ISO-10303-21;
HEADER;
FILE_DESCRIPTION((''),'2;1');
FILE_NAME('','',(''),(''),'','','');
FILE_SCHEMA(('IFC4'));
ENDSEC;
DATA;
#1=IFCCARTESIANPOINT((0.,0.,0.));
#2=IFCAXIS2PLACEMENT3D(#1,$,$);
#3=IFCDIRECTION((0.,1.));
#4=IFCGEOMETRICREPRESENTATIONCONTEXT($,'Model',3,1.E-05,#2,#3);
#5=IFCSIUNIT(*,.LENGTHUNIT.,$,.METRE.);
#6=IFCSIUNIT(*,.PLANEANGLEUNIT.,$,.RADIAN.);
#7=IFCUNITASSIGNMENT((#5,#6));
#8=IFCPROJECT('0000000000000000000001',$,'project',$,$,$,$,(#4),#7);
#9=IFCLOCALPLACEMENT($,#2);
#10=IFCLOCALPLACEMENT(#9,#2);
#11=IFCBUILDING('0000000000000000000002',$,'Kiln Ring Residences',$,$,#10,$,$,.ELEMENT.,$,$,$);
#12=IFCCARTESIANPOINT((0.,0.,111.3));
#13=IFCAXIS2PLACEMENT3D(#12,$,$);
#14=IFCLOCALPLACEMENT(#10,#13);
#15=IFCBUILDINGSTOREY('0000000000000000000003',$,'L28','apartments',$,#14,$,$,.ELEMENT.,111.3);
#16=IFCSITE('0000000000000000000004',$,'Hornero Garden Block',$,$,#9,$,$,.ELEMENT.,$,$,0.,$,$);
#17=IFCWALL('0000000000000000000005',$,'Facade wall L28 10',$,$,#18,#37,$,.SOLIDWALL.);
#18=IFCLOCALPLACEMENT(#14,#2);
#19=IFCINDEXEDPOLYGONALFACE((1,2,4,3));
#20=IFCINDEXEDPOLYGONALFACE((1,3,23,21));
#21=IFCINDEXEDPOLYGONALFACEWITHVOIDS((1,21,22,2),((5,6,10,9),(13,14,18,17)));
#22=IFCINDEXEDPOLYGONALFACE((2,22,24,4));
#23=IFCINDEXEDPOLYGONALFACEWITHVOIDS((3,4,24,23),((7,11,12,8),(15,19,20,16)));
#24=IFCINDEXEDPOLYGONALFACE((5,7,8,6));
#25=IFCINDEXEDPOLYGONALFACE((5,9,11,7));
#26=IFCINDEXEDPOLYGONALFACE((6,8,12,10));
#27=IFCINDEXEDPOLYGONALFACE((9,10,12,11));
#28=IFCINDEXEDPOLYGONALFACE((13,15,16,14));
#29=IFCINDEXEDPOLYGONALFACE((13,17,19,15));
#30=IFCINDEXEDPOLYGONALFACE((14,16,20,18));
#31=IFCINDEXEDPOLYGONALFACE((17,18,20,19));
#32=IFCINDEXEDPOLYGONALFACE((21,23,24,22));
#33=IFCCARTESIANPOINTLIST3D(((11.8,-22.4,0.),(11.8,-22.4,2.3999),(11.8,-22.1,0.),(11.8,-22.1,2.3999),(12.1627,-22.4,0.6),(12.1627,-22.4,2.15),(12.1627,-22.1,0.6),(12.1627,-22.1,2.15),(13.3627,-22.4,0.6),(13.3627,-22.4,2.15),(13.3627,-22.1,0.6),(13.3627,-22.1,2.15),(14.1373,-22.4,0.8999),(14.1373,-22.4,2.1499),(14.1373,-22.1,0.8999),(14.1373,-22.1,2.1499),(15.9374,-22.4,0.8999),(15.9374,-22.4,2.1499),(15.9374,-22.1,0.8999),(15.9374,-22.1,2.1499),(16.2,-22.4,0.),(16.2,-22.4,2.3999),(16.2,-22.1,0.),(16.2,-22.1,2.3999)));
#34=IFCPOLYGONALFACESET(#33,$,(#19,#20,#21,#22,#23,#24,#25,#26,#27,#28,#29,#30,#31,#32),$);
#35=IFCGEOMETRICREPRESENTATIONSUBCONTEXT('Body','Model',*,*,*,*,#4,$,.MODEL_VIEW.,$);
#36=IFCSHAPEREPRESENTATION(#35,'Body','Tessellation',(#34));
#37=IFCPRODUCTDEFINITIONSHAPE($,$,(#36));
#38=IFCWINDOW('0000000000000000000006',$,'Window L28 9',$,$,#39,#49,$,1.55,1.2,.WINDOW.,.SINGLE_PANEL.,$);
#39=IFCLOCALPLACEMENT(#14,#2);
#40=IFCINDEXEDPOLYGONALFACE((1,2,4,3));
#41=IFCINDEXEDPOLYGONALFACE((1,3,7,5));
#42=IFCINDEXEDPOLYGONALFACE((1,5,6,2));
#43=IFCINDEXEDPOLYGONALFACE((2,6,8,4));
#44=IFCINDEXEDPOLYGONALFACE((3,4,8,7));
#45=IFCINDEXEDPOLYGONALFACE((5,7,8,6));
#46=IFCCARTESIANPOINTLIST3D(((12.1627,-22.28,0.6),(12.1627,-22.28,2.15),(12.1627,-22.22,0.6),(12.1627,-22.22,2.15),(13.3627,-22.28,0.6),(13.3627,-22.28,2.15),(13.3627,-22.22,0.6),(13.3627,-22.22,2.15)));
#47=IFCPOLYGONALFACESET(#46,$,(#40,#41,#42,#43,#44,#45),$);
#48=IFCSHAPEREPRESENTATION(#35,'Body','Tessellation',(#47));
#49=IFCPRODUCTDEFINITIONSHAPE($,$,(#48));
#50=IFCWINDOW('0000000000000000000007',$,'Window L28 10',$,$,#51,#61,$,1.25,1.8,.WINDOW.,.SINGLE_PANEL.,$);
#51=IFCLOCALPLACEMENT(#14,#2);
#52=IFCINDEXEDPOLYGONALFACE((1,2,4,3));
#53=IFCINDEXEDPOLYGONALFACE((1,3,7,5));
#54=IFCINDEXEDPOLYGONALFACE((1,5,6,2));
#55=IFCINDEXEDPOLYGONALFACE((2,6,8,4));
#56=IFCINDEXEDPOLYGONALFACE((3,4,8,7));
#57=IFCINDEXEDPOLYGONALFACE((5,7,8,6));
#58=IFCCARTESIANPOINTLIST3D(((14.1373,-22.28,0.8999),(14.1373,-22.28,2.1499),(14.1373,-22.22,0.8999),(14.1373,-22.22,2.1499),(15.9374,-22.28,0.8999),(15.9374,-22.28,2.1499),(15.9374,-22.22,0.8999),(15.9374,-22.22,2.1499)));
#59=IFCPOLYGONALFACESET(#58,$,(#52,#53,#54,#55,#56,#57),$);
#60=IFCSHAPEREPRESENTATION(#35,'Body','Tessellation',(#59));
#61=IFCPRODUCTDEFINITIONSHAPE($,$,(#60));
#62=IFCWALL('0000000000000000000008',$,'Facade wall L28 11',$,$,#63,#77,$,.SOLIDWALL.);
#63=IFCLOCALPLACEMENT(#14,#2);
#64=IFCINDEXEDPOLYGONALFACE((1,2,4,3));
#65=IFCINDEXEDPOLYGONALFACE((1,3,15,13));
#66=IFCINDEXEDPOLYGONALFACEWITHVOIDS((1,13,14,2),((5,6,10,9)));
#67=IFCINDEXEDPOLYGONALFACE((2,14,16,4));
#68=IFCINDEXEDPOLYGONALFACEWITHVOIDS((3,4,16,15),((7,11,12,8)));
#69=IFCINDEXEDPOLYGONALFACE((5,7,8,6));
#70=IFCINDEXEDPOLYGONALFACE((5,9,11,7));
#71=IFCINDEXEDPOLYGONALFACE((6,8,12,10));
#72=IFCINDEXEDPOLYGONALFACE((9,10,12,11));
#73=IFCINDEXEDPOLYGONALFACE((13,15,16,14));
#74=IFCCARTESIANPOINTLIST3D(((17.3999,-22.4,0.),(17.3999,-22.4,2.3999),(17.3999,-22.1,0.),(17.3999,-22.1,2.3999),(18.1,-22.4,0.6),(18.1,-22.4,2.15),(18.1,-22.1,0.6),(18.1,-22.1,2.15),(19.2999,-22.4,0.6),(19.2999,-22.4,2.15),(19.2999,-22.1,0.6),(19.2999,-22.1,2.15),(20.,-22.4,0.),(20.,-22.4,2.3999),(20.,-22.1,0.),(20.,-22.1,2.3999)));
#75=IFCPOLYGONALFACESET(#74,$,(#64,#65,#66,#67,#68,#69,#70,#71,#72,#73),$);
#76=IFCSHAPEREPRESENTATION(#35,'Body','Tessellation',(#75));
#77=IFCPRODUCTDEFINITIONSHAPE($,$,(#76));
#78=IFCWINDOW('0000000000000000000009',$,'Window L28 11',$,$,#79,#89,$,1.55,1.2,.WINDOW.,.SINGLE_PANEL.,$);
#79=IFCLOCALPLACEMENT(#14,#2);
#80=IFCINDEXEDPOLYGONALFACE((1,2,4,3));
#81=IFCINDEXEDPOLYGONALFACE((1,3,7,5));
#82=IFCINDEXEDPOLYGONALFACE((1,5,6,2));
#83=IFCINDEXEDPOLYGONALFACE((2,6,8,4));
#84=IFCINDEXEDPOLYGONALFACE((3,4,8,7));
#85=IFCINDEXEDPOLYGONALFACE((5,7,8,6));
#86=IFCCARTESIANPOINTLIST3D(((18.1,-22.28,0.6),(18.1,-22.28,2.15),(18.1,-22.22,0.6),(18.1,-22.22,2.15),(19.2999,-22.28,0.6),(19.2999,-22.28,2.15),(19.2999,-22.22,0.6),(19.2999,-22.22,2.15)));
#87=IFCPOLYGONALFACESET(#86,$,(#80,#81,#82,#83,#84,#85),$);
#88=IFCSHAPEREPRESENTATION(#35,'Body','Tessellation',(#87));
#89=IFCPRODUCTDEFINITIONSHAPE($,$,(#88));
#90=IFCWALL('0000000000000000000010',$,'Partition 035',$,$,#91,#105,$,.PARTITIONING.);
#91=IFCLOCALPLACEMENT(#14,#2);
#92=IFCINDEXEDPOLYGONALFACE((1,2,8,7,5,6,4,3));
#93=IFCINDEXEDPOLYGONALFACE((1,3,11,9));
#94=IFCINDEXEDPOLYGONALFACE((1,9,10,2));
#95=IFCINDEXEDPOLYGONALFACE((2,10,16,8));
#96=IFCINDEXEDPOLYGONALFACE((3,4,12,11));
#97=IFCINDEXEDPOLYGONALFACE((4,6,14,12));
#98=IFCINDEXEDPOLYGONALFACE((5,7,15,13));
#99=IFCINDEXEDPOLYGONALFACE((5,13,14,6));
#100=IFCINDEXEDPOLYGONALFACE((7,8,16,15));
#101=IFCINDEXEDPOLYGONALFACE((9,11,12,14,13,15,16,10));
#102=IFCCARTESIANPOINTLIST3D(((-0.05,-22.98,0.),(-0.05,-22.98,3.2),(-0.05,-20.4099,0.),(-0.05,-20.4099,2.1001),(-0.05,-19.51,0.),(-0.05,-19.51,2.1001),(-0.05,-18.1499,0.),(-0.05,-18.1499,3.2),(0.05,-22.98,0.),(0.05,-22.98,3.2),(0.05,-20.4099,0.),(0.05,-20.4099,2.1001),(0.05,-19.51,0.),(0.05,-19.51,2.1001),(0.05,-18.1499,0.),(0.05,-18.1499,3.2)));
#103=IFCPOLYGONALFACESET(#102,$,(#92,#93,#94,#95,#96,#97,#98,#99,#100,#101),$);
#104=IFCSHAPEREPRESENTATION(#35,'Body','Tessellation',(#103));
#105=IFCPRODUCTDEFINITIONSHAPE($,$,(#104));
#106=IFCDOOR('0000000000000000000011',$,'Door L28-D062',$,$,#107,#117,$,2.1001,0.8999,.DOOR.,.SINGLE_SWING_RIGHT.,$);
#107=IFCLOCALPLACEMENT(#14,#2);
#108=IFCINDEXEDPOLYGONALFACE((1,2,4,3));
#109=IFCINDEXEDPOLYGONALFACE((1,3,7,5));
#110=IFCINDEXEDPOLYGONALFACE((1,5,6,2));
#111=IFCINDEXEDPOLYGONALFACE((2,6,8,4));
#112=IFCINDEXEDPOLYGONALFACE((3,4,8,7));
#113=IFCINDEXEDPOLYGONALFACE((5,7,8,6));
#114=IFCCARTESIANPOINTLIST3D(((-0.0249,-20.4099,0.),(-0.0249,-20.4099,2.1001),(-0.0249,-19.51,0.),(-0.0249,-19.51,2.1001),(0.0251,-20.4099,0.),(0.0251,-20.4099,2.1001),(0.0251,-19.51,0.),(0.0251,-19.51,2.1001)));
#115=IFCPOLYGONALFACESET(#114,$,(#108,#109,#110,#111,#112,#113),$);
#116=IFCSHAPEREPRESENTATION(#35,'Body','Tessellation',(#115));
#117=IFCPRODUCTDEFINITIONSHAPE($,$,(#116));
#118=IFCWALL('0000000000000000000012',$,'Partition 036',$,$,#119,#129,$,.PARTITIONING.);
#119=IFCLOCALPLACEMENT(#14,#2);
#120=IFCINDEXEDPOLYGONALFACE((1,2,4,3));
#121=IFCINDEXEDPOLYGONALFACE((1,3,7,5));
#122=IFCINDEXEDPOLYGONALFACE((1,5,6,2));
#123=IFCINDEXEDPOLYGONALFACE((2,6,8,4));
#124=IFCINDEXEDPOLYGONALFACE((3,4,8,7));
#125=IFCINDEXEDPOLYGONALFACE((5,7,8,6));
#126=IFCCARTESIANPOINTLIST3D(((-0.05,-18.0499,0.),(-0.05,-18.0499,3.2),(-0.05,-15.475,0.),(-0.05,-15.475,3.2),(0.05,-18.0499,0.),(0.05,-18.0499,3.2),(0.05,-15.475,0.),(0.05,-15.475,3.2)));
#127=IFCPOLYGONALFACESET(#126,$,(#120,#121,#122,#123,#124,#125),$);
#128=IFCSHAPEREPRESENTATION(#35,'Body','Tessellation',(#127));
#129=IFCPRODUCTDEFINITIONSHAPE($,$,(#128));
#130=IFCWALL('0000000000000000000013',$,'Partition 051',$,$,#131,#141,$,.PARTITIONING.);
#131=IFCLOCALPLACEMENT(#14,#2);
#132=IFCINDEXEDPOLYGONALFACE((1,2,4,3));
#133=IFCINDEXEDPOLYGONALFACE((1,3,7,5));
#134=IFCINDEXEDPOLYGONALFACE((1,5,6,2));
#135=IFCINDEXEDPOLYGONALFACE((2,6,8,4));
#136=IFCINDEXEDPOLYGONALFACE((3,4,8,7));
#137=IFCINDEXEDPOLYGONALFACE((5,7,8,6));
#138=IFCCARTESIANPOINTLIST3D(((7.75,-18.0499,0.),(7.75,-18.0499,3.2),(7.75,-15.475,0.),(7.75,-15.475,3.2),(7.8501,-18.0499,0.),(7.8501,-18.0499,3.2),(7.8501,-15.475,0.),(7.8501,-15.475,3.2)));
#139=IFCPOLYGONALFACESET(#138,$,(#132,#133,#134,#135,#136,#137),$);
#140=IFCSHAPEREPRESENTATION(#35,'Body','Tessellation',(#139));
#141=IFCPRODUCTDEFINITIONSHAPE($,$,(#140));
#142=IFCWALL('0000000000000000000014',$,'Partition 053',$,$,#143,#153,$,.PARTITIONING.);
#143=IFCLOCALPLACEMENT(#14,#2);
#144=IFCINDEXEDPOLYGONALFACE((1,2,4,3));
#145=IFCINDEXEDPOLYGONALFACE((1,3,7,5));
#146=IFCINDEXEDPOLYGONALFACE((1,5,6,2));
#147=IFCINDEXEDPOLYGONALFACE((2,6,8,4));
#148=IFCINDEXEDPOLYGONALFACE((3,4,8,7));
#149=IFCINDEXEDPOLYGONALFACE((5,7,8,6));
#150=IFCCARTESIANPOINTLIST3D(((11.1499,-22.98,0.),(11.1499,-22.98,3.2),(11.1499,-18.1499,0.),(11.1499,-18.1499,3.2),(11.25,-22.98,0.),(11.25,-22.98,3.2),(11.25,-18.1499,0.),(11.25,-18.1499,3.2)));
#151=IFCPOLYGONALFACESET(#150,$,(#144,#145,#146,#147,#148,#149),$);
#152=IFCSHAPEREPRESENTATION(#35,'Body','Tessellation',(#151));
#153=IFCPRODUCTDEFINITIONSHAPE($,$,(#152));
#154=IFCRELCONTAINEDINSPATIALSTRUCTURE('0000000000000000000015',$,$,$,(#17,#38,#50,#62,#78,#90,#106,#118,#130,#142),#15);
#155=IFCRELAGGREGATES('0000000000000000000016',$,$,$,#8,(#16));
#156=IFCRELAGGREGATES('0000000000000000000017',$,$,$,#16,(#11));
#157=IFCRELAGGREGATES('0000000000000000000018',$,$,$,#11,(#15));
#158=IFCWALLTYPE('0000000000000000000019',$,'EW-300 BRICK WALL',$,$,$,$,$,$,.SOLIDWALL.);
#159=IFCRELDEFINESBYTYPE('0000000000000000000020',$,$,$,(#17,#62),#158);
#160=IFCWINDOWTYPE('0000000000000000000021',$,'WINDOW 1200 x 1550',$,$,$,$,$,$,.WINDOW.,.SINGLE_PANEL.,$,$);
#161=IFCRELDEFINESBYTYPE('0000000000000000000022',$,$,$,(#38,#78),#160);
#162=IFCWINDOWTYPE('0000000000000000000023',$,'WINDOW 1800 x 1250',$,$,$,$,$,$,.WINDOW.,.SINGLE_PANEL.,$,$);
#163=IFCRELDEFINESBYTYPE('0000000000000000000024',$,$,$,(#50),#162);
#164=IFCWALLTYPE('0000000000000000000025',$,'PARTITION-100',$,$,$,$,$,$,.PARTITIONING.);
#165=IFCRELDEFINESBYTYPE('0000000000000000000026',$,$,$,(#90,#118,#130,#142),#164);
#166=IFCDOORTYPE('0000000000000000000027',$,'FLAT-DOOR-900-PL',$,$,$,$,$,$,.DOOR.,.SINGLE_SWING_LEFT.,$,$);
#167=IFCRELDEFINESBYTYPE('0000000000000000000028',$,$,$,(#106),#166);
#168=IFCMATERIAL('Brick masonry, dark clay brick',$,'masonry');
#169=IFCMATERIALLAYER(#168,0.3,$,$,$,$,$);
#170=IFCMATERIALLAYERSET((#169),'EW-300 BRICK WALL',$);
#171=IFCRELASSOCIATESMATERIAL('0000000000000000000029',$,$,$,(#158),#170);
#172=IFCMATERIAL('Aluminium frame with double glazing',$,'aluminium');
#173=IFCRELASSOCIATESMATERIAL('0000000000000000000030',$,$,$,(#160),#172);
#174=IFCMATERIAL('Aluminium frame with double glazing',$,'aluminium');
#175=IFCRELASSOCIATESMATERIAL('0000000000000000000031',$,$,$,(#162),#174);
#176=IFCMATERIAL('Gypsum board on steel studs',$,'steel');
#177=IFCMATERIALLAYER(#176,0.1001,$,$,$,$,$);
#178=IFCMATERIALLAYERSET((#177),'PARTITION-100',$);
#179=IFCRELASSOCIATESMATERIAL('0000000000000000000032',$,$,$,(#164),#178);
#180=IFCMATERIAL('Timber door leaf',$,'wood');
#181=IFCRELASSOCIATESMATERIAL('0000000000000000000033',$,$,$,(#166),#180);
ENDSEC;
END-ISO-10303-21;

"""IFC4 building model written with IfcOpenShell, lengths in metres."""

from ifc_helpers import new_model, si_unit, direction, frame, frame_2d, origin, place, context, subcontext, project, spatial, rectangle, extrude, material, layer, layer_set, type_object, element, fill, save


model = new_model("IFC4")

# Units and contexts
model_context = context("Model", 3, precision=1e-05, world=origin(), true_north=direction((0.0, 1.0)))
body_context = subcontext(model_context, "Body", "Model", "MODEL_VIEW")
ifc_project = project(units=[si_unit("LENGTHUNIT", "METRE"), si_unit("PLANEANGLEUNIT", "RADIAN")], contexts=[model_context])

# Site, building, storey
site_placement = place(None, origin())
site = spatial("IfcSite", under=ifc_project, at=site_placement, Name="Hornero Garden Block", CompositionType="ELEMENT", RefElevation=0.0)
building_placement = place(site_placement, origin())
building = spatial("IfcBuilding", under=site, at=building_placement, Name="Kiln Ring Residences", CompositionType="ELEMENT")
storey_placement = place(building_placement, frame((0.0, 0.0, 111.3)))
storey = spatial("IfcBuildingStorey", under=building, at=storey_placement, Name="L28", Description="apartments", CompositionType="ELEMENT", Elevation=111.3)

# Shared definitions
ifc_material_1 = material(Name="Brick masonry, dark clay brick", Category="masonry")
ifc_layer_1 = layer(ifc_material_1, 0.3)
ifc_layer_set_1 = layer_set([ifc_layer_1], Name="EW-300 BRICK WALL")
wall_type_1 = type_object("IfcWallType", Name="EW-300 BRICK WALL", PredefinedType="SOLIDWALL", material=ifc_layer_set_1)

# Wall, openings, windows
wall_1_placement = place(storey_placement, frame((11.8, -22.25, 0.0), z_axis=(0.0, 0.0, 1.0), x_axis=(1.0, 0.0, 0.0)))
wall_1 = element("IfcWall", 1, at=wall_1_placement, inside=storey, type_object=wall_type_1, Name="Facade wall L28 10", PredefinedType="SOLIDWALL", context=body_context, shape_type="SweptSolid", body=[
    extrude(rectangle(XDim=4.3999, YDim=0.3, at=frame_2d((2.2, 0.0))), origin(), (0.0, 0.0, 1.0), 2.3999),
])
opening_1_placement = place(wall_1_placement, frame((0.3625, 0.0, 0.6001)))
opening_1 = element("IfcOpeningElement", 2, at=opening_1_placement, cuts=wall_1, PredefinedType="OPENING", context=body_context, shape_type="SweptSolid", body=[
    extrude(rectangle(XDim=1.2, YDim=1.55, at=frame_2d((0.6001, 0.7749))), frame((0.0, 0.1599, 0.0), z_axis=(0.0, -1.0, 0.0), x_axis=(1.0, 0.0, 0.0)), (0.0, 0.0, 1.0), 0.3201),
])
opening_2_placement = place(wall_1_placement, frame((2.3374, 0.0, 0.8999)))
opening_2 = element("IfcOpeningElement", 3, at=opening_2_placement, cuts=wall_1, PredefinedType="OPENING", context=body_context, shape_type="SweptSolid", body=[
    extrude(rectangle(XDim=1.8, YDim=1.25, at=frame_2d((0.8999, 0.625))), frame((0.0, 0.1599, 0.0), z_axis=(0.0, -1.0, 0.0), x_axis=(1.0, 0.0, 0.0)), (0.0, 0.0, 1.0), 0.3201),
])
ifc_material_2 = material(Name="Aluminium frame with double glazing", Category="aluminium")
window_type_1 = type_object("IfcWindowType", Name="WINDOW 1200 x 1550", PartitioningType="SINGLE_PANEL", PredefinedType="WINDOW", material=ifc_material_2)
window_1_placement = place(opening_1_placement, origin())
window_1 = element("IfcWindow", 4, at=window_1_placement, inside=storey, type_object=window_type_1, Name="Window L28 9", OverallHeight=1.55, OverallWidth=1.2, PartitioningType="SINGLE_PANEL", PredefinedType="WINDOW", context=body_context, shape_type="SweptSolid", body=[
    extrude(rectangle(XDim=1.2, YDim=1.55, at=frame_2d((0.6001, 0.7749))), frame((0.0, 0.03, 0.0), z_axis=(0.0, -1.0, 0.0), x_axis=(1.0, 0.0, 0.0)), (0.0, 0.0, 1.0), 0.0601),
])
fill(opening_1, window_1)
ifc_material_3 = material(Name="Aluminium frame with double glazing", Category="aluminium")
window_type_2 = type_object("IfcWindowType", Name="WINDOW 1800 x 1250", PartitioningType="SINGLE_PANEL", PredefinedType="WINDOW", material=ifc_material_3)
window_2_placement = place(opening_2_placement, origin())
window_2 = element("IfcWindow", 5, at=window_2_placement, inside=storey, type_object=window_type_2, Name="Window L28 10", OverallHeight=1.25, OverallWidth=1.8, PartitioningType="SINGLE_PANEL", PredefinedType="WINDOW", context=body_context, shape_type="SweptSolid", body=[
    extrude(rectangle(XDim=1.8, YDim=1.25, at=frame_2d((0.8999, 0.625))), frame((0.0, 0.03, 0.0), z_axis=(0.0, -1.0, 0.0), x_axis=(1.0, 0.0, 0.0)), (0.0, 0.0, 1.0), 0.0601),
])
fill(opening_2, window_2)

# Wall, opening, window
wall_2_placement = place(storey_placement, frame((17.3999, -22.25, 0.0), z_axis=(0.0, 0.0, 1.0), x_axis=(1.0, 0.0, 0.0)))
wall_2 = element("IfcWall", 6, at=wall_2_placement, inside=storey, type_object=wall_type_1, Name="Facade wall L28 11", PredefinedType="SOLIDWALL", context=body_context, shape_type="SweptSolid", body=[
    extrude(rectangle(XDim=2.6001, YDim=0.3, at=frame_2d((1.3, 0.0))), origin(), (0.0, 0.0, 1.0), 2.3999),
])
opening_3_placement = place(wall_2_placement, frame((0.7, 0.0, 0.6001)))
opening_3 = element("IfcOpeningElement", 7, at=opening_3_placement, cuts=wall_2, PredefinedType="OPENING", context=body_context, shape_type="SweptSolid", body=[
    extrude(rectangle(XDim=1.2, YDim=1.55, at=frame_2d((0.6001, 0.7749))), frame((0.0, 0.1599, 0.0), z_axis=(0.0, -1.0, 0.0), x_axis=(1.0, 0.0, 0.0)), (0.0, 0.0, 1.0), 0.3201),
])
window_3_placement = place(opening_3_placement, origin())
window_3 = element("IfcWindow", 8, at=window_3_placement, inside=storey, type_object=window_type_1, Name="Window L28 11", OverallHeight=1.55, OverallWidth=1.2, PartitioningType="SINGLE_PANEL", PredefinedType="WINDOW", context=body_context, shape_type="SweptSolid", body=[
    extrude(rectangle(XDim=1.2, YDim=1.55, at=frame_2d((0.6001, 0.7749))), frame((0.0, 0.03, 0.0), z_axis=(0.0, -1.0, 0.0), x_axis=(1.0, 0.0, 0.0)), (0.0, 0.0, 1.0), 0.0601),
])
fill(opening_3, window_3)

# Wall, opening, door
ifc_material_4 = material(Name="Gypsum board on steel studs", Category="steel")
ifc_layer_2 = layer(ifc_material_4, 0.1001)
ifc_layer_set_2 = layer_set([ifc_layer_2], Name="PARTITION-100")
wall_type_2 = type_object("IfcWallType", Name="PARTITION-100", PredefinedType="PARTITIONING", material=ifc_layer_set_2)
wall_3_placement = place(storey_placement, frame((0.0, -22.98, 0.0), z_axis=(0.0, 0.0, 1.0), x_axis=(0.0, 1.0, 0.0)))
wall_3 = element("IfcWall", 9, at=wall_3_placement, inside=storey, type_object=wall_type_2, Name="Partition 035", PredefinedType="PARTITIONING", context=body_context, shape_type="SweptSolid", body=[
    extrude(rectangle(XDim=4.8301, YDim=0.1001, at=frame_2d((2.415, 0.0))), origin(), (0.0, 0.0, 1.0), 3.2),
])
opening_4_placement = place(wall_3_placement, frame((2.5701, 0.0, 0.0)))
opening_4 = element("IfcOpeningElement", 10, at=opening_4_placement, cuts=wall_3, PredefinedType="OPENING", context=body_context, shape_type="SweptSolid", body=[
    extrude(rectangle(XDim=0.8999, YDim=2.1001, at=frame_2d((0.45, 1.05))), frame((0.0, 0.0601, 0.0), z_axis=(0.0, -1.0, 0.0), x_axis=(1.0, 0.0, 0.0)), (0.0, 0.0, 1.0), 0.1201),
])
ifc_material_5 = material(Name="Timber door leaf", Category="wood")
door_type = type_object("IfcDoorType", Name="FLAT-DOOR-900-PL", OperationType="SINGLE_SWING_LEFT", PredefinedType="DOOR", material=ifc_material_5)
door_1_placement = place(opening_4_placement, origin())
door_1 = element("IfcDoor", 11, at=door_1_placement, inside=storey, type_object=door_type, Name="Door L28-D062", OperationType="SINGLE_SWING_RIGHT", OverallHeight=2.1001, OverallWidth=0.8999, PredefinedType="DOOR", context=body_context, shape_type="SweptSolid", body=[
    extrude(rectangle(XDim=0.8999, YDim=2.1001, at=frame_2d((0.45, 1.05))), frame((0.0, 0.0249, 0.0), z_axis=(0.0, -1.0, 0.0), x_axis=(1.0, 0.0, 0.0)), (0.0, 0.0, 1.0), 0.05),
])
fill(opening_4, door_1)

# Walls
for number, where, z_axis, x_axis, name in (
    (12, (0.0, -18.05, 0.0), (0.0, 0.0, 1.0), (0.0, 1.0, 0.0), "Partition 036"),
    (13, (7.8, -18.05, 0.0), (0.0, 0.0, 1.0), (0.0, 1.0, 0.0), "Partition 051"),
):
    element("IfcWall", number, at=place(storey_placement, frame(where, z_axis=z_axis, x_axis=x_axis)), inside=storey, type_object=wall_type_2, Name=name, PredefinedType="PARTITIONING", context=body_context, shape_type="SweptSolid", body=[
        extrude(rectangle(XDim=2.575, YDim=0.1001, at=frame_2d((1.2876, 0.0))), origin(), (0.0, 0.0, 1.0), 3.2),
    ])
wall_4_placement = place(storey_placement, frame((11.2, -22.98, 0.0), z_axis=(0.0, 0.0, 1.0), x_axis=(0.0, 1.0, 0.0)))
element("IfcWall", 14, at=wall_4_placement, inside=storey, type_object=wall_type_2, Name="Partition 053", PredefinedType="PARTITIONING", context=body_context, shape_type="SweptSolid", body=[
    extrude(rectangle(XDim=4.8301, YDim=0.1001, at=frame_2d((2.415, 0.0))), origin(), (0.0, 0.0, 1.0), 3.2),
])

save(model, "model.ifc")
